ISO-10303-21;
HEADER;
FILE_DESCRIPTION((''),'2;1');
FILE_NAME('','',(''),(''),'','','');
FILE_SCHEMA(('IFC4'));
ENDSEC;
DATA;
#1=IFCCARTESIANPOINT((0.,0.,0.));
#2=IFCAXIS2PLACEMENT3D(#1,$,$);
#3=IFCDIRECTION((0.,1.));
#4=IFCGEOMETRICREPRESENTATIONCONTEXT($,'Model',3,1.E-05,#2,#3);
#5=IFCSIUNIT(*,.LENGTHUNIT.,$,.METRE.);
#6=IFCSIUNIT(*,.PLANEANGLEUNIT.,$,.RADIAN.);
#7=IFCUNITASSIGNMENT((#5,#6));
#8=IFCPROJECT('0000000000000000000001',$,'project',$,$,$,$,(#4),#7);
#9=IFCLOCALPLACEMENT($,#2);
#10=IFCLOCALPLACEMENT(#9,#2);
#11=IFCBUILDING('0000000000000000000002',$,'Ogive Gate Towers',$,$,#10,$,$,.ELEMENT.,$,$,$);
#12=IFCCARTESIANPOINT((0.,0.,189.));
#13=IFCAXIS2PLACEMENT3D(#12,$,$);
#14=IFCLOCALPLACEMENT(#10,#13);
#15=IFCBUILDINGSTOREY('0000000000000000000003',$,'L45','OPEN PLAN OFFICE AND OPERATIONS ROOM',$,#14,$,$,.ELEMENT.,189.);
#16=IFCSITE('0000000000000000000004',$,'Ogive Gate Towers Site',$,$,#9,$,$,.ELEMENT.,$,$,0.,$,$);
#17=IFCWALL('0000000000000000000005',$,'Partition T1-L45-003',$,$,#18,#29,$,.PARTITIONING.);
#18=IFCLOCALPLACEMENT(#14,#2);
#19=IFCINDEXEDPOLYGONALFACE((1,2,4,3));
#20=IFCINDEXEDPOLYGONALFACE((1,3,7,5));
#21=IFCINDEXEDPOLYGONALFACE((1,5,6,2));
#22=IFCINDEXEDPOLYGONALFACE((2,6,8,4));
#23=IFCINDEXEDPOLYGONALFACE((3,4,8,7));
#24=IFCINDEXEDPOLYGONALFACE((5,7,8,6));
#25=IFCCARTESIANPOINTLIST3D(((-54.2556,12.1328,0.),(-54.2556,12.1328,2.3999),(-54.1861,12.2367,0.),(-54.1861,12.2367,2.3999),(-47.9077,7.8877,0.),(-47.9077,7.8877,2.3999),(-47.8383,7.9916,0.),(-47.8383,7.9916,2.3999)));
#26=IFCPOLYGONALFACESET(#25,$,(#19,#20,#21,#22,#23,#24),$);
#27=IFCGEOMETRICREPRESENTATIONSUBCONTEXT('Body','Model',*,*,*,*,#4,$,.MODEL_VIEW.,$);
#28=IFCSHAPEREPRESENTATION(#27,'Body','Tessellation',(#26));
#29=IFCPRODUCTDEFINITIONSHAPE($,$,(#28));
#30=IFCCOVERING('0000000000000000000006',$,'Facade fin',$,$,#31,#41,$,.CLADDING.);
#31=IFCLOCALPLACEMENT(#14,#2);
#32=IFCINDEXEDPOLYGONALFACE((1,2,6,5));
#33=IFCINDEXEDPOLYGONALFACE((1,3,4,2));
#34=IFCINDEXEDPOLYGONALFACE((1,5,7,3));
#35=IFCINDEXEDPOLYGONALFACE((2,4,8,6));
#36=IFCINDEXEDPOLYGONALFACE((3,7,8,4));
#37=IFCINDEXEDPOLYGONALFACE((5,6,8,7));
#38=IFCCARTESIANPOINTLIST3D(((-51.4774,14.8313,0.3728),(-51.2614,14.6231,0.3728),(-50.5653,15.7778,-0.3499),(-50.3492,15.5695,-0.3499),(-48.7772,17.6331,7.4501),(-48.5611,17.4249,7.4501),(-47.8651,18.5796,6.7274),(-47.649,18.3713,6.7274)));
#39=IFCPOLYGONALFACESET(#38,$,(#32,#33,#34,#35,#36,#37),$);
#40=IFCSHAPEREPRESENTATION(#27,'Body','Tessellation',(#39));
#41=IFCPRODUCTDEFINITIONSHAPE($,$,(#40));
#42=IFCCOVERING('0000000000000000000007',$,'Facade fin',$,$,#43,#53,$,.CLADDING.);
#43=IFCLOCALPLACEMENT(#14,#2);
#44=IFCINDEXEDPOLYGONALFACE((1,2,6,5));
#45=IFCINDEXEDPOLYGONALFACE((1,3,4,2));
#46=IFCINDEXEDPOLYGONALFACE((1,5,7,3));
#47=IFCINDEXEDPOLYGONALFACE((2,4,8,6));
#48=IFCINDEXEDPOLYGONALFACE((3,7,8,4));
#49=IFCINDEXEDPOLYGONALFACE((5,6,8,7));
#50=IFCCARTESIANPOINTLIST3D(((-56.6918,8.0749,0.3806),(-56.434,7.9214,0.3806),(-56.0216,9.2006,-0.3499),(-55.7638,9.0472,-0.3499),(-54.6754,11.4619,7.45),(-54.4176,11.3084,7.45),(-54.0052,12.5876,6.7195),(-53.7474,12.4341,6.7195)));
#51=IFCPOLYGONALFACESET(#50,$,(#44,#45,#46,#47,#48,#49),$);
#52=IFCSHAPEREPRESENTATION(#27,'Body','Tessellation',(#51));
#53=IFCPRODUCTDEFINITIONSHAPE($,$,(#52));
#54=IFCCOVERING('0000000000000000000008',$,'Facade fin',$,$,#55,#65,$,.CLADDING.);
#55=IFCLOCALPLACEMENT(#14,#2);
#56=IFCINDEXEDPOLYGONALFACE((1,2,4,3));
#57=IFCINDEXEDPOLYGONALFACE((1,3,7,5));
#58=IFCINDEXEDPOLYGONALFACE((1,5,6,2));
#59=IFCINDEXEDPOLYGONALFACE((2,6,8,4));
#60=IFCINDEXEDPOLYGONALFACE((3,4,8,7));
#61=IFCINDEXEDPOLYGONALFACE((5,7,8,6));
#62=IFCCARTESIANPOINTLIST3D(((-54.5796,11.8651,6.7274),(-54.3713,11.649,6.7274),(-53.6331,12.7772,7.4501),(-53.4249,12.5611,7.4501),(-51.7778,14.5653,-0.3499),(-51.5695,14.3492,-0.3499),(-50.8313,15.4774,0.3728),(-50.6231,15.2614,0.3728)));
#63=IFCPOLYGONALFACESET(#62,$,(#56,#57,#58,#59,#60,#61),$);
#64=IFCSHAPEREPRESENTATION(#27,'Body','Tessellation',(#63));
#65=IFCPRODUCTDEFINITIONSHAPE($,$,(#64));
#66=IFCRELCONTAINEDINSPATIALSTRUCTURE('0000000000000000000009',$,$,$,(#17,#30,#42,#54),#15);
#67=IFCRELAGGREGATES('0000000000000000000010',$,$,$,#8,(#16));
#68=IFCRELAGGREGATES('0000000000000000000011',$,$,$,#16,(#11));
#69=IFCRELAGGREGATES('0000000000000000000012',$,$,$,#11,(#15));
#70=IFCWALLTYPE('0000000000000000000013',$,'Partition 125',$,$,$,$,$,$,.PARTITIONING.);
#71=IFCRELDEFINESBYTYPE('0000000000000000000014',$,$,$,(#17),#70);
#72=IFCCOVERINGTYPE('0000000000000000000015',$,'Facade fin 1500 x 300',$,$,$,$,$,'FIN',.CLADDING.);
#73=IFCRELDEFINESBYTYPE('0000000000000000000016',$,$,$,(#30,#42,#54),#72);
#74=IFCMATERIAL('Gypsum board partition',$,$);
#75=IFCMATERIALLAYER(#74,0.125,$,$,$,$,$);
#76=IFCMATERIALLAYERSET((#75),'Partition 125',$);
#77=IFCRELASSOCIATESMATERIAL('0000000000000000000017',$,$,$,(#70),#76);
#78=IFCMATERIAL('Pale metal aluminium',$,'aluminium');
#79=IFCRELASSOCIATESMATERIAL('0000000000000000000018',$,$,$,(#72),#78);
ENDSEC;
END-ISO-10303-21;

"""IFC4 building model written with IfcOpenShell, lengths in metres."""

from ifc_helpers import new_model, si_unit, direction, frame, frame_2d, origin, origin_2d, place, context, subcontext, project, spatial, rectangle, extrude, material, layer, layer_set, material_profile, profile_set, type_object, element, save


model = new_model("IFC4")

# Units and contexts
model_context = context("Model", 3, precision=1e-05, world=origin(), true_north=direction((0.0, 1.0)))
body_context = subcontext(model_context, "Body", "Model", "MODEL_VIEW")
ifc_project = project(units=[si_unit("LENGTHUNIT", "METRE"), si_unit("PLANEANGLEUNIT", "RADIAN")], contexts=[model_context])

# Site, building, storey
site_placement = place(None, origin())
site = spatial("IfcSite", under=ifc_project, at=site_placement, Name="Ogive Gate Towers Site", CompositionType="ELEMENT", RefElevation=0.0)
building_placement = place(site_placement, origin())
building = spatial("IfcBuilding", under=site, at=building_placement, Name="Ogive Gate Towers", CompositionType="ELEMENT")
storey_placement = place(building_placement, frame((0.0, 0.0, 189.0)))
storey = spatial("IfcBuildingStorey", under=building, at=storey_placement, Name="L45", Description="OPEN PLAN OFFICE AND OPERATIONS ROOM", CompositionType="ELEMENT", Elevation=189.0)

# Shared definitions
ifc_material_1 = material(Name="Pale metal aluminium", Category="aluminium")

# Wall
ifc_material_2 = material(Name="Gypsum board partition")
ifc_layer_1 = layer(ifc_material_2, 0.125)
ifc_layer_set_1 = layer_set([ifc_layer_1], Name="Partition 125")
wall_type = type_object("IfcWallType", Name="Partition 125", PredefinedType="PARTITIONING", material=ifc_layer_set_1)
wall_placement = place(storey_placement, frame((-54.2209, 12.1848, 0.0), z_axis=(0.0, 0.0, 1.0), x_axis=(0.831253, -0.555895, 0.0)))
element("IfcWall", 1, at=wall_placement, inside=storey, type_object=wall_type, Name="Partition T1-L45-003", PredefinedType="PARTITIONING", context=body_context, shape_type="SweptSolid", body=[
    extrude(rectangle(XDim=7.6365, YDim=0.125, at=frame_2d((3.8184, 0.0))), origin(), (0.0, 0.0, 1.0), 2.3999),
])

# Coverings
ifc_material_profile_1 = material_profile(ifc_material_1, rectangle(XDim=0.3, YDim=1.5, at=origin_2d()), Name="1500 x 300 pale metal aluminium")
ifc_profile_set_1 = profile_set([ifc_material_profile_1], Name="Pale metal aluminium")
covering_type = type_object("IfcCoveringType", Name="Facade fin 1500 x 300", ElementType="FIN", PredefinedType="CLADDING", material=ifc_profile_set_1)
covering_1_placement = place(storey_placement, frame((-50.9133, 15.2004, 0.0115), z_axis=(0.334335, 0.34691, 0.876284), x_axis=(-0.720037, 0.693936, 0.0)))
element("IfcCovering", 2, at=covering_1_placement, inside=storey, type_object=covering_type, Name="Facade fin", PredefinedType="CLADDING", context=body_context, shape_type="SweptSolid", body=[
    extrude(rectangle(XDim=0.3, YDim=1.5, at=origin_2d()), origin(), (0.0, 0.0, 1.0), 8.0764),
])
covering_2_placement = place(storey_placement, frame((-56.2278, 8.561, 0.0154), z_axis=(0.249118, 0.418454, 0.873405), x_axis=(-0.859259, 0.511542, 0.0)))
element("IfcCovering", 3, at=covering_2_placement, inside=storey, type_object=covering_type, Name="Facade fin", PredefinedType="CLADDING", context=body_context, shape_type="SweptSolid", body=[
    extrude(rectangle(XDim=0.3, YDim=1.5, at=origin_2d()), origin(), (0.0, 0.0, 1.0), 8.094),
])
covering_3_placement = place(storey_placement, frame((-51.2004, 14.9133, 0.0115), z_axis=(-0.34691, -0.334335, 0.876284), x_axis=(0.693936, -0.720037, 0.0)))
element("IfcCovering", 4, at=covering_3_placement, inside=storey, type_object=covering_type, Name="Facade fin", PredefinedType="CLADDING", context=body_context, shape_type="SweptSolid", body=[
    extrude(rectangle(XDim=0.3, YDim=1.5, at=origin_2d()), origin(), (0.0, 0.0, 1.0), 8.0764),
])

save(model, "model.ifc")
